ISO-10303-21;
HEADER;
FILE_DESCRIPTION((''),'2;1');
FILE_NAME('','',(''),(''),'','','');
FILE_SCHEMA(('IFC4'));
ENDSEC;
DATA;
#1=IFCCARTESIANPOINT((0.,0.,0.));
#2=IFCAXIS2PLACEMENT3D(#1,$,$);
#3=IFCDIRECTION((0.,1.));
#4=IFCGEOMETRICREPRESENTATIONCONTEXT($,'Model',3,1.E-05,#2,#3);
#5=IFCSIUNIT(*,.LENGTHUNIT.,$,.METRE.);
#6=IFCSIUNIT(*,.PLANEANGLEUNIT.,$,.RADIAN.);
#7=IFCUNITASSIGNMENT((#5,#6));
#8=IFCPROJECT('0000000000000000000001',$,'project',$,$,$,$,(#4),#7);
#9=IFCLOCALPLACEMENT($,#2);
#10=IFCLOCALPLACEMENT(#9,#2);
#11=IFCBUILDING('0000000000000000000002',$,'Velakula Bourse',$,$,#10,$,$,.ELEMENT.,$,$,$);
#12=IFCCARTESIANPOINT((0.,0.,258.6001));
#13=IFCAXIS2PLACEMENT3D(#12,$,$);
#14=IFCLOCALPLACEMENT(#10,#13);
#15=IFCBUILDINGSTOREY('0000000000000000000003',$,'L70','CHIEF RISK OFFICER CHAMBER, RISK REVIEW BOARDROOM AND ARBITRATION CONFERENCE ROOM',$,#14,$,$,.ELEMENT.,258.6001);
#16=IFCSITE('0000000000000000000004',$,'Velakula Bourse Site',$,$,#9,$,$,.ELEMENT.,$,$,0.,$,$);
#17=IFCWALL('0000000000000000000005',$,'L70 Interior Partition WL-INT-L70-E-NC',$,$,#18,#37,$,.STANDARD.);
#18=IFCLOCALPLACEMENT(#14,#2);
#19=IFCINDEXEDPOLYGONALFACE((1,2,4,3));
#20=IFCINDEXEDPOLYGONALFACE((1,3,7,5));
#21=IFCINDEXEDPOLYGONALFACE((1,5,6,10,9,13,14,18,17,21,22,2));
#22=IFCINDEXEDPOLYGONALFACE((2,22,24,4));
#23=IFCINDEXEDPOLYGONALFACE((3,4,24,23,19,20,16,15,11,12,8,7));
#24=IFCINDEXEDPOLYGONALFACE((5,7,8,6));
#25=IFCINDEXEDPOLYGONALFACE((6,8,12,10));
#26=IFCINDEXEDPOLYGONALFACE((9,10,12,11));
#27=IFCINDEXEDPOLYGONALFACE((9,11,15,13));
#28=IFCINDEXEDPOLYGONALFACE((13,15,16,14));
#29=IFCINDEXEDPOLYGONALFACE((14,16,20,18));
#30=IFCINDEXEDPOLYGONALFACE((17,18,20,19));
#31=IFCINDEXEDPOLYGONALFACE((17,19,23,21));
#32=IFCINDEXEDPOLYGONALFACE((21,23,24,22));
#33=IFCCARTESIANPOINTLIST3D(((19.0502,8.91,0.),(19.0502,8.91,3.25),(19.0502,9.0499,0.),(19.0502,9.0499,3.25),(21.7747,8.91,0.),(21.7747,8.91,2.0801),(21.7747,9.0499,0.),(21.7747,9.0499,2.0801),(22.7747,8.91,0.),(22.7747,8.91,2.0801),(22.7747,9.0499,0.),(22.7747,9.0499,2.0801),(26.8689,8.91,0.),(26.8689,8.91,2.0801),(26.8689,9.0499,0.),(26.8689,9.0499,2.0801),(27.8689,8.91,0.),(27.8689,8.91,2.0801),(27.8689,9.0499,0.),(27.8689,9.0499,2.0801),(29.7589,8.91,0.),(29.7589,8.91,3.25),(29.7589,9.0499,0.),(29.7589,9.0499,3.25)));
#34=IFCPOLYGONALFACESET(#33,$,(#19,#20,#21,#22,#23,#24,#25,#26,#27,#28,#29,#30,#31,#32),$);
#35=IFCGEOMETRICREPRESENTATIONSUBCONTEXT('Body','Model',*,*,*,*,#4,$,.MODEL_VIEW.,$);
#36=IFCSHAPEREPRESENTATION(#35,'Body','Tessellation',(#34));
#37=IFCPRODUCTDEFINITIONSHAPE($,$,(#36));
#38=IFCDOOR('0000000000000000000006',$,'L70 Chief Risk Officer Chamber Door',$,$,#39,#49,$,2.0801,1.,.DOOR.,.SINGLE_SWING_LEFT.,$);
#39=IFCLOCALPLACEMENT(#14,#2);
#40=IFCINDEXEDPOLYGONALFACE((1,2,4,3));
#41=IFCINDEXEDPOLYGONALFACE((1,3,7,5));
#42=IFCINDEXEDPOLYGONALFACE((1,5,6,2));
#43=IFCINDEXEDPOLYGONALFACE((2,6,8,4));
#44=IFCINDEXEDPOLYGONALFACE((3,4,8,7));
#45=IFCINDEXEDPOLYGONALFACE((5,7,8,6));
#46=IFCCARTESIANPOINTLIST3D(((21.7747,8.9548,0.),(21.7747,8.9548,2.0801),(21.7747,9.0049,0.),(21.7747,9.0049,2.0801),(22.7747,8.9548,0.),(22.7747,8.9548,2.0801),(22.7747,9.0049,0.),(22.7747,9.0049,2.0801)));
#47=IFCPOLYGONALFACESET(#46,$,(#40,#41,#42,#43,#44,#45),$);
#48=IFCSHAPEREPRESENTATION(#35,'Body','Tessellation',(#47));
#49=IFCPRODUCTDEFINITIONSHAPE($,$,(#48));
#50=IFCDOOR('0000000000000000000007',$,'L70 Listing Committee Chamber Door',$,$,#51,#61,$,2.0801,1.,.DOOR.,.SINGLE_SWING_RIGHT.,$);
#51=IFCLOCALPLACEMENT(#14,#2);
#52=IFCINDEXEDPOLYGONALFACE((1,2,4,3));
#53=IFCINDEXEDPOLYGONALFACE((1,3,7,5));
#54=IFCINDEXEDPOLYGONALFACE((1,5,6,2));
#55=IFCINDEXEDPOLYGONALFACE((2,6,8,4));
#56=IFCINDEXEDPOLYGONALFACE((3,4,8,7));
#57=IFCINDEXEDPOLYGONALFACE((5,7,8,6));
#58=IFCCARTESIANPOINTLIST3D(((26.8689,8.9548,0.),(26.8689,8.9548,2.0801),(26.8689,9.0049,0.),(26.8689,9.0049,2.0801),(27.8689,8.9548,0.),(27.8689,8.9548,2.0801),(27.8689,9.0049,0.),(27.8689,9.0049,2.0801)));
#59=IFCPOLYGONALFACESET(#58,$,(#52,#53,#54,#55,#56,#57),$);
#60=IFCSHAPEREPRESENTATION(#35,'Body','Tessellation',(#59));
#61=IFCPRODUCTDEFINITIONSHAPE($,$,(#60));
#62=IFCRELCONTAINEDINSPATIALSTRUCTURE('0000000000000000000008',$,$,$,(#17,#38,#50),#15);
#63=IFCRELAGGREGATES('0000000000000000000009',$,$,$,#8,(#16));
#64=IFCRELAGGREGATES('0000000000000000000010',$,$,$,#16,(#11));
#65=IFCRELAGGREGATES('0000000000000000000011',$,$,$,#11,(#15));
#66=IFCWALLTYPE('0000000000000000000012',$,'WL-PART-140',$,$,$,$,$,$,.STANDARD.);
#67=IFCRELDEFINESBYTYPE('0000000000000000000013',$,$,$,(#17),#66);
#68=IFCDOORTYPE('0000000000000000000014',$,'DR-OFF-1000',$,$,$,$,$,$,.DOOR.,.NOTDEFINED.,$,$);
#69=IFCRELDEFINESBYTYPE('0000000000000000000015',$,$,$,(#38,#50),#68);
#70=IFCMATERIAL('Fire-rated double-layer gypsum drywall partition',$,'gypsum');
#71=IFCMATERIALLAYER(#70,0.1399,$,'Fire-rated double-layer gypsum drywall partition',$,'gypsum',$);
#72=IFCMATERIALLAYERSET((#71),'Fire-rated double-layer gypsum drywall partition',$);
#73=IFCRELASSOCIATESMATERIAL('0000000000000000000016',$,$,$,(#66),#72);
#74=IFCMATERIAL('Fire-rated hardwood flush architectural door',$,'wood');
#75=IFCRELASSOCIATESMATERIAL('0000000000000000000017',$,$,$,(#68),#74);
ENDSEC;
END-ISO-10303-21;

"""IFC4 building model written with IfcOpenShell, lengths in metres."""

from ifc_helpers import new_model, si_unit, direction, frame, frame_2d, origin, place, context, subcontext, project, spatial, rectangle, extrude, material, layer, layer_set, type_object, element, fill, save


model = new_model("IFC4")

# Units and contexts
model_context = context("Model", 3, precision=1e-05, world=origin(), true_north=direction((0.0, 1.0)))
body_context = subcontext(model_context, "Body", "Model", "MODEL_VIEW")
ifc_project = project(units=[si_unit("LENGTHUNIT", "METRE"), si_unit("PLANEANGLEUNIT", "RADIAN")], contexts=[model_context])

# Site, building, storey
site_placement = place(None, origin())
site = spatial("IfcSite", under=ifc_project, at=site_placement, Name="Velakula Bourse Site", CompositionType="ELEMENT", RefElevation=0.0)
building_placement = place(site_placement, origin())
building = spatial("IfcBuilding", under=site, at=building_placement, Name="Velakula Bourse", CompositionType="ELEMENT")
storey_placement = place(building_placement, frame((0.0, 0.0, 258.6001)))
storey = spatial("IfcBuildingStorey", under=building, at=storey_placement, Name="L70", Description="CHIEF RISK OFFICER CHAMBER, RISK REVIEW BOARDROOM AND ARBITRATION CONFERENCE ROOM", CompositionType="ELEMENT", Elevation=258.6001)

# Wall, openings, doors
ifc_material_1 = material(Name="Fire-rated double-layer gypsum drywall partition", Category="gypsum")
ifc_layer_1 = layer(ifc_material_1, 0.1399, Name="Fire-rated double-layer gypsum drywall partition", Category="gypsum")
ifc_layer_set_1 = layer_set([ifc_layer_1], Name="Fire-rated double-layer gypsum drywall partition")
wall_type_1 = type_object("IfcWallType", Name="WL-PART-140", PredefinedType="STANDARD", material=ifc_layer_set_1)
wall_1_placement = place(storey_placement, frame((19.05, 8.98, 0.0), z_axis=(0.0, 0.0, 1.0), x_axis=(1.0, 0.0, 0.0)))
wall_1 = element("IfcWall", 1, at=wall_1_placement, inside=storey, type_object=wall_type_1, Name="L70 Interior Partition WL-INT-L70-E-NC", PredefinedType="STANDARD", context=body_context, shape_type="SweptSolid", body=[
    extrude(rectangle(XDim=10.7087, YDim=0.1399, at=frame_2d((5.3545, 0.0))), origin(), (0.0, 0.0, 1.0), 3.25),
])
opening_1_placement = place(wall_1_placement, frame((2.7246, 0.0, 0.0)))
opening_1 = element("IfcOpeningElement", 2, at=opening_1_placement, cuts=wall_1, PredefinedType="OPENING", context=body_context, shape_type="SweptSolid", body=[
    extrude(rectangle(XDim=1.0, YDim=2.0801, at=frame_2d((0.5, 1.04))), frame((0.0, 0.0798, 0.0), z_axis=(0.0, -1.0, 0.0), x_axis=(1.0, 0.0, 0.0)), (0.0, 0.0, 1.0), 0.1599),
])
opening_2_placement = place(wall_1_placement, frame((7.8188, 0.0, 0.0)))
opening_2 = element("IfcOpeningElement", 3, at=opening_2_placement, cuts=wall_1, PredefinedType="OPENING", context=body_context, shape_type="SweptSolid", body=[
    extrude(rectangle(XDim=1.0, YDim=2.0801, at=frame_2d((0.5, 1.04))), frame((0.0, 0.0798, 0.0), z_axis=(0.0, -1.0, 0.0), x_axis=(1.0, 0.0, 0.0)), (0.0, 0.0, 1.0), 0.1599),
])
ifc_material_2 = material(Name="Fire-rated hardwood flush architectural door", Category="wood")
door_type = type_object("IfcDoorType", Name="DR-OFF-1000", OperationType="NOTDEFINED", PredefinedType="DOOR", material=ifc_material_2)
door_1_placement = place(opening_1_placement, origin())
door_1 = element("IfcDoor", 4, at=door_1_placement, inside=storey, type_object=door_type, Name="L70 Chief Risk Officer Chamber Door", OperationType="SINGLE_SWING_LEFT", OverallHeight=2.0801, OverallWidth=1.0, PredefinedType="DOOR", context=body_context, shape_type="SweptSolid", body=[
    extrude(rectangle(XDim=1.0, YDim=2.0801, at=frame_2d((0.5, 1.04))), frame((0.0, 0.0249, 0.0), z_axis=(0.0, -1.0, 0.0), x_axis=(1.0, 0.0, 0.0)), (0.0, 0.0, 1.0), 0.05),
])
fill(opening_1, door_1)
door_2_placement = place(opening_2_placement, origin())
door_2 = element("IfcDoor", 5, at=door_2_placement, inside=storey, type_object=door_type, Name="L70 Listing Committee Chamber Door", OperationType="SINGLE_SWING_RIGHT", OverallHeight=2.0801, OverallWidth=1.0, PredefinedType="DOOR", context=body_context, shape_type="SweptSolid", body=[
    extrude(rectangle(XDim=1.0, YDim=2.0801, at=frame_2d((0.5, 1.04))), frame((0.0, 0.0249, 0.0), z_axis=(0.0, -1.0, 0.0), x_axis=(1.0, 0.0, 0.0)), (0.0, 0.0, 1.0), 0.05),
])
fill(opening_2, door_2)

save(model, "model.ifc")
